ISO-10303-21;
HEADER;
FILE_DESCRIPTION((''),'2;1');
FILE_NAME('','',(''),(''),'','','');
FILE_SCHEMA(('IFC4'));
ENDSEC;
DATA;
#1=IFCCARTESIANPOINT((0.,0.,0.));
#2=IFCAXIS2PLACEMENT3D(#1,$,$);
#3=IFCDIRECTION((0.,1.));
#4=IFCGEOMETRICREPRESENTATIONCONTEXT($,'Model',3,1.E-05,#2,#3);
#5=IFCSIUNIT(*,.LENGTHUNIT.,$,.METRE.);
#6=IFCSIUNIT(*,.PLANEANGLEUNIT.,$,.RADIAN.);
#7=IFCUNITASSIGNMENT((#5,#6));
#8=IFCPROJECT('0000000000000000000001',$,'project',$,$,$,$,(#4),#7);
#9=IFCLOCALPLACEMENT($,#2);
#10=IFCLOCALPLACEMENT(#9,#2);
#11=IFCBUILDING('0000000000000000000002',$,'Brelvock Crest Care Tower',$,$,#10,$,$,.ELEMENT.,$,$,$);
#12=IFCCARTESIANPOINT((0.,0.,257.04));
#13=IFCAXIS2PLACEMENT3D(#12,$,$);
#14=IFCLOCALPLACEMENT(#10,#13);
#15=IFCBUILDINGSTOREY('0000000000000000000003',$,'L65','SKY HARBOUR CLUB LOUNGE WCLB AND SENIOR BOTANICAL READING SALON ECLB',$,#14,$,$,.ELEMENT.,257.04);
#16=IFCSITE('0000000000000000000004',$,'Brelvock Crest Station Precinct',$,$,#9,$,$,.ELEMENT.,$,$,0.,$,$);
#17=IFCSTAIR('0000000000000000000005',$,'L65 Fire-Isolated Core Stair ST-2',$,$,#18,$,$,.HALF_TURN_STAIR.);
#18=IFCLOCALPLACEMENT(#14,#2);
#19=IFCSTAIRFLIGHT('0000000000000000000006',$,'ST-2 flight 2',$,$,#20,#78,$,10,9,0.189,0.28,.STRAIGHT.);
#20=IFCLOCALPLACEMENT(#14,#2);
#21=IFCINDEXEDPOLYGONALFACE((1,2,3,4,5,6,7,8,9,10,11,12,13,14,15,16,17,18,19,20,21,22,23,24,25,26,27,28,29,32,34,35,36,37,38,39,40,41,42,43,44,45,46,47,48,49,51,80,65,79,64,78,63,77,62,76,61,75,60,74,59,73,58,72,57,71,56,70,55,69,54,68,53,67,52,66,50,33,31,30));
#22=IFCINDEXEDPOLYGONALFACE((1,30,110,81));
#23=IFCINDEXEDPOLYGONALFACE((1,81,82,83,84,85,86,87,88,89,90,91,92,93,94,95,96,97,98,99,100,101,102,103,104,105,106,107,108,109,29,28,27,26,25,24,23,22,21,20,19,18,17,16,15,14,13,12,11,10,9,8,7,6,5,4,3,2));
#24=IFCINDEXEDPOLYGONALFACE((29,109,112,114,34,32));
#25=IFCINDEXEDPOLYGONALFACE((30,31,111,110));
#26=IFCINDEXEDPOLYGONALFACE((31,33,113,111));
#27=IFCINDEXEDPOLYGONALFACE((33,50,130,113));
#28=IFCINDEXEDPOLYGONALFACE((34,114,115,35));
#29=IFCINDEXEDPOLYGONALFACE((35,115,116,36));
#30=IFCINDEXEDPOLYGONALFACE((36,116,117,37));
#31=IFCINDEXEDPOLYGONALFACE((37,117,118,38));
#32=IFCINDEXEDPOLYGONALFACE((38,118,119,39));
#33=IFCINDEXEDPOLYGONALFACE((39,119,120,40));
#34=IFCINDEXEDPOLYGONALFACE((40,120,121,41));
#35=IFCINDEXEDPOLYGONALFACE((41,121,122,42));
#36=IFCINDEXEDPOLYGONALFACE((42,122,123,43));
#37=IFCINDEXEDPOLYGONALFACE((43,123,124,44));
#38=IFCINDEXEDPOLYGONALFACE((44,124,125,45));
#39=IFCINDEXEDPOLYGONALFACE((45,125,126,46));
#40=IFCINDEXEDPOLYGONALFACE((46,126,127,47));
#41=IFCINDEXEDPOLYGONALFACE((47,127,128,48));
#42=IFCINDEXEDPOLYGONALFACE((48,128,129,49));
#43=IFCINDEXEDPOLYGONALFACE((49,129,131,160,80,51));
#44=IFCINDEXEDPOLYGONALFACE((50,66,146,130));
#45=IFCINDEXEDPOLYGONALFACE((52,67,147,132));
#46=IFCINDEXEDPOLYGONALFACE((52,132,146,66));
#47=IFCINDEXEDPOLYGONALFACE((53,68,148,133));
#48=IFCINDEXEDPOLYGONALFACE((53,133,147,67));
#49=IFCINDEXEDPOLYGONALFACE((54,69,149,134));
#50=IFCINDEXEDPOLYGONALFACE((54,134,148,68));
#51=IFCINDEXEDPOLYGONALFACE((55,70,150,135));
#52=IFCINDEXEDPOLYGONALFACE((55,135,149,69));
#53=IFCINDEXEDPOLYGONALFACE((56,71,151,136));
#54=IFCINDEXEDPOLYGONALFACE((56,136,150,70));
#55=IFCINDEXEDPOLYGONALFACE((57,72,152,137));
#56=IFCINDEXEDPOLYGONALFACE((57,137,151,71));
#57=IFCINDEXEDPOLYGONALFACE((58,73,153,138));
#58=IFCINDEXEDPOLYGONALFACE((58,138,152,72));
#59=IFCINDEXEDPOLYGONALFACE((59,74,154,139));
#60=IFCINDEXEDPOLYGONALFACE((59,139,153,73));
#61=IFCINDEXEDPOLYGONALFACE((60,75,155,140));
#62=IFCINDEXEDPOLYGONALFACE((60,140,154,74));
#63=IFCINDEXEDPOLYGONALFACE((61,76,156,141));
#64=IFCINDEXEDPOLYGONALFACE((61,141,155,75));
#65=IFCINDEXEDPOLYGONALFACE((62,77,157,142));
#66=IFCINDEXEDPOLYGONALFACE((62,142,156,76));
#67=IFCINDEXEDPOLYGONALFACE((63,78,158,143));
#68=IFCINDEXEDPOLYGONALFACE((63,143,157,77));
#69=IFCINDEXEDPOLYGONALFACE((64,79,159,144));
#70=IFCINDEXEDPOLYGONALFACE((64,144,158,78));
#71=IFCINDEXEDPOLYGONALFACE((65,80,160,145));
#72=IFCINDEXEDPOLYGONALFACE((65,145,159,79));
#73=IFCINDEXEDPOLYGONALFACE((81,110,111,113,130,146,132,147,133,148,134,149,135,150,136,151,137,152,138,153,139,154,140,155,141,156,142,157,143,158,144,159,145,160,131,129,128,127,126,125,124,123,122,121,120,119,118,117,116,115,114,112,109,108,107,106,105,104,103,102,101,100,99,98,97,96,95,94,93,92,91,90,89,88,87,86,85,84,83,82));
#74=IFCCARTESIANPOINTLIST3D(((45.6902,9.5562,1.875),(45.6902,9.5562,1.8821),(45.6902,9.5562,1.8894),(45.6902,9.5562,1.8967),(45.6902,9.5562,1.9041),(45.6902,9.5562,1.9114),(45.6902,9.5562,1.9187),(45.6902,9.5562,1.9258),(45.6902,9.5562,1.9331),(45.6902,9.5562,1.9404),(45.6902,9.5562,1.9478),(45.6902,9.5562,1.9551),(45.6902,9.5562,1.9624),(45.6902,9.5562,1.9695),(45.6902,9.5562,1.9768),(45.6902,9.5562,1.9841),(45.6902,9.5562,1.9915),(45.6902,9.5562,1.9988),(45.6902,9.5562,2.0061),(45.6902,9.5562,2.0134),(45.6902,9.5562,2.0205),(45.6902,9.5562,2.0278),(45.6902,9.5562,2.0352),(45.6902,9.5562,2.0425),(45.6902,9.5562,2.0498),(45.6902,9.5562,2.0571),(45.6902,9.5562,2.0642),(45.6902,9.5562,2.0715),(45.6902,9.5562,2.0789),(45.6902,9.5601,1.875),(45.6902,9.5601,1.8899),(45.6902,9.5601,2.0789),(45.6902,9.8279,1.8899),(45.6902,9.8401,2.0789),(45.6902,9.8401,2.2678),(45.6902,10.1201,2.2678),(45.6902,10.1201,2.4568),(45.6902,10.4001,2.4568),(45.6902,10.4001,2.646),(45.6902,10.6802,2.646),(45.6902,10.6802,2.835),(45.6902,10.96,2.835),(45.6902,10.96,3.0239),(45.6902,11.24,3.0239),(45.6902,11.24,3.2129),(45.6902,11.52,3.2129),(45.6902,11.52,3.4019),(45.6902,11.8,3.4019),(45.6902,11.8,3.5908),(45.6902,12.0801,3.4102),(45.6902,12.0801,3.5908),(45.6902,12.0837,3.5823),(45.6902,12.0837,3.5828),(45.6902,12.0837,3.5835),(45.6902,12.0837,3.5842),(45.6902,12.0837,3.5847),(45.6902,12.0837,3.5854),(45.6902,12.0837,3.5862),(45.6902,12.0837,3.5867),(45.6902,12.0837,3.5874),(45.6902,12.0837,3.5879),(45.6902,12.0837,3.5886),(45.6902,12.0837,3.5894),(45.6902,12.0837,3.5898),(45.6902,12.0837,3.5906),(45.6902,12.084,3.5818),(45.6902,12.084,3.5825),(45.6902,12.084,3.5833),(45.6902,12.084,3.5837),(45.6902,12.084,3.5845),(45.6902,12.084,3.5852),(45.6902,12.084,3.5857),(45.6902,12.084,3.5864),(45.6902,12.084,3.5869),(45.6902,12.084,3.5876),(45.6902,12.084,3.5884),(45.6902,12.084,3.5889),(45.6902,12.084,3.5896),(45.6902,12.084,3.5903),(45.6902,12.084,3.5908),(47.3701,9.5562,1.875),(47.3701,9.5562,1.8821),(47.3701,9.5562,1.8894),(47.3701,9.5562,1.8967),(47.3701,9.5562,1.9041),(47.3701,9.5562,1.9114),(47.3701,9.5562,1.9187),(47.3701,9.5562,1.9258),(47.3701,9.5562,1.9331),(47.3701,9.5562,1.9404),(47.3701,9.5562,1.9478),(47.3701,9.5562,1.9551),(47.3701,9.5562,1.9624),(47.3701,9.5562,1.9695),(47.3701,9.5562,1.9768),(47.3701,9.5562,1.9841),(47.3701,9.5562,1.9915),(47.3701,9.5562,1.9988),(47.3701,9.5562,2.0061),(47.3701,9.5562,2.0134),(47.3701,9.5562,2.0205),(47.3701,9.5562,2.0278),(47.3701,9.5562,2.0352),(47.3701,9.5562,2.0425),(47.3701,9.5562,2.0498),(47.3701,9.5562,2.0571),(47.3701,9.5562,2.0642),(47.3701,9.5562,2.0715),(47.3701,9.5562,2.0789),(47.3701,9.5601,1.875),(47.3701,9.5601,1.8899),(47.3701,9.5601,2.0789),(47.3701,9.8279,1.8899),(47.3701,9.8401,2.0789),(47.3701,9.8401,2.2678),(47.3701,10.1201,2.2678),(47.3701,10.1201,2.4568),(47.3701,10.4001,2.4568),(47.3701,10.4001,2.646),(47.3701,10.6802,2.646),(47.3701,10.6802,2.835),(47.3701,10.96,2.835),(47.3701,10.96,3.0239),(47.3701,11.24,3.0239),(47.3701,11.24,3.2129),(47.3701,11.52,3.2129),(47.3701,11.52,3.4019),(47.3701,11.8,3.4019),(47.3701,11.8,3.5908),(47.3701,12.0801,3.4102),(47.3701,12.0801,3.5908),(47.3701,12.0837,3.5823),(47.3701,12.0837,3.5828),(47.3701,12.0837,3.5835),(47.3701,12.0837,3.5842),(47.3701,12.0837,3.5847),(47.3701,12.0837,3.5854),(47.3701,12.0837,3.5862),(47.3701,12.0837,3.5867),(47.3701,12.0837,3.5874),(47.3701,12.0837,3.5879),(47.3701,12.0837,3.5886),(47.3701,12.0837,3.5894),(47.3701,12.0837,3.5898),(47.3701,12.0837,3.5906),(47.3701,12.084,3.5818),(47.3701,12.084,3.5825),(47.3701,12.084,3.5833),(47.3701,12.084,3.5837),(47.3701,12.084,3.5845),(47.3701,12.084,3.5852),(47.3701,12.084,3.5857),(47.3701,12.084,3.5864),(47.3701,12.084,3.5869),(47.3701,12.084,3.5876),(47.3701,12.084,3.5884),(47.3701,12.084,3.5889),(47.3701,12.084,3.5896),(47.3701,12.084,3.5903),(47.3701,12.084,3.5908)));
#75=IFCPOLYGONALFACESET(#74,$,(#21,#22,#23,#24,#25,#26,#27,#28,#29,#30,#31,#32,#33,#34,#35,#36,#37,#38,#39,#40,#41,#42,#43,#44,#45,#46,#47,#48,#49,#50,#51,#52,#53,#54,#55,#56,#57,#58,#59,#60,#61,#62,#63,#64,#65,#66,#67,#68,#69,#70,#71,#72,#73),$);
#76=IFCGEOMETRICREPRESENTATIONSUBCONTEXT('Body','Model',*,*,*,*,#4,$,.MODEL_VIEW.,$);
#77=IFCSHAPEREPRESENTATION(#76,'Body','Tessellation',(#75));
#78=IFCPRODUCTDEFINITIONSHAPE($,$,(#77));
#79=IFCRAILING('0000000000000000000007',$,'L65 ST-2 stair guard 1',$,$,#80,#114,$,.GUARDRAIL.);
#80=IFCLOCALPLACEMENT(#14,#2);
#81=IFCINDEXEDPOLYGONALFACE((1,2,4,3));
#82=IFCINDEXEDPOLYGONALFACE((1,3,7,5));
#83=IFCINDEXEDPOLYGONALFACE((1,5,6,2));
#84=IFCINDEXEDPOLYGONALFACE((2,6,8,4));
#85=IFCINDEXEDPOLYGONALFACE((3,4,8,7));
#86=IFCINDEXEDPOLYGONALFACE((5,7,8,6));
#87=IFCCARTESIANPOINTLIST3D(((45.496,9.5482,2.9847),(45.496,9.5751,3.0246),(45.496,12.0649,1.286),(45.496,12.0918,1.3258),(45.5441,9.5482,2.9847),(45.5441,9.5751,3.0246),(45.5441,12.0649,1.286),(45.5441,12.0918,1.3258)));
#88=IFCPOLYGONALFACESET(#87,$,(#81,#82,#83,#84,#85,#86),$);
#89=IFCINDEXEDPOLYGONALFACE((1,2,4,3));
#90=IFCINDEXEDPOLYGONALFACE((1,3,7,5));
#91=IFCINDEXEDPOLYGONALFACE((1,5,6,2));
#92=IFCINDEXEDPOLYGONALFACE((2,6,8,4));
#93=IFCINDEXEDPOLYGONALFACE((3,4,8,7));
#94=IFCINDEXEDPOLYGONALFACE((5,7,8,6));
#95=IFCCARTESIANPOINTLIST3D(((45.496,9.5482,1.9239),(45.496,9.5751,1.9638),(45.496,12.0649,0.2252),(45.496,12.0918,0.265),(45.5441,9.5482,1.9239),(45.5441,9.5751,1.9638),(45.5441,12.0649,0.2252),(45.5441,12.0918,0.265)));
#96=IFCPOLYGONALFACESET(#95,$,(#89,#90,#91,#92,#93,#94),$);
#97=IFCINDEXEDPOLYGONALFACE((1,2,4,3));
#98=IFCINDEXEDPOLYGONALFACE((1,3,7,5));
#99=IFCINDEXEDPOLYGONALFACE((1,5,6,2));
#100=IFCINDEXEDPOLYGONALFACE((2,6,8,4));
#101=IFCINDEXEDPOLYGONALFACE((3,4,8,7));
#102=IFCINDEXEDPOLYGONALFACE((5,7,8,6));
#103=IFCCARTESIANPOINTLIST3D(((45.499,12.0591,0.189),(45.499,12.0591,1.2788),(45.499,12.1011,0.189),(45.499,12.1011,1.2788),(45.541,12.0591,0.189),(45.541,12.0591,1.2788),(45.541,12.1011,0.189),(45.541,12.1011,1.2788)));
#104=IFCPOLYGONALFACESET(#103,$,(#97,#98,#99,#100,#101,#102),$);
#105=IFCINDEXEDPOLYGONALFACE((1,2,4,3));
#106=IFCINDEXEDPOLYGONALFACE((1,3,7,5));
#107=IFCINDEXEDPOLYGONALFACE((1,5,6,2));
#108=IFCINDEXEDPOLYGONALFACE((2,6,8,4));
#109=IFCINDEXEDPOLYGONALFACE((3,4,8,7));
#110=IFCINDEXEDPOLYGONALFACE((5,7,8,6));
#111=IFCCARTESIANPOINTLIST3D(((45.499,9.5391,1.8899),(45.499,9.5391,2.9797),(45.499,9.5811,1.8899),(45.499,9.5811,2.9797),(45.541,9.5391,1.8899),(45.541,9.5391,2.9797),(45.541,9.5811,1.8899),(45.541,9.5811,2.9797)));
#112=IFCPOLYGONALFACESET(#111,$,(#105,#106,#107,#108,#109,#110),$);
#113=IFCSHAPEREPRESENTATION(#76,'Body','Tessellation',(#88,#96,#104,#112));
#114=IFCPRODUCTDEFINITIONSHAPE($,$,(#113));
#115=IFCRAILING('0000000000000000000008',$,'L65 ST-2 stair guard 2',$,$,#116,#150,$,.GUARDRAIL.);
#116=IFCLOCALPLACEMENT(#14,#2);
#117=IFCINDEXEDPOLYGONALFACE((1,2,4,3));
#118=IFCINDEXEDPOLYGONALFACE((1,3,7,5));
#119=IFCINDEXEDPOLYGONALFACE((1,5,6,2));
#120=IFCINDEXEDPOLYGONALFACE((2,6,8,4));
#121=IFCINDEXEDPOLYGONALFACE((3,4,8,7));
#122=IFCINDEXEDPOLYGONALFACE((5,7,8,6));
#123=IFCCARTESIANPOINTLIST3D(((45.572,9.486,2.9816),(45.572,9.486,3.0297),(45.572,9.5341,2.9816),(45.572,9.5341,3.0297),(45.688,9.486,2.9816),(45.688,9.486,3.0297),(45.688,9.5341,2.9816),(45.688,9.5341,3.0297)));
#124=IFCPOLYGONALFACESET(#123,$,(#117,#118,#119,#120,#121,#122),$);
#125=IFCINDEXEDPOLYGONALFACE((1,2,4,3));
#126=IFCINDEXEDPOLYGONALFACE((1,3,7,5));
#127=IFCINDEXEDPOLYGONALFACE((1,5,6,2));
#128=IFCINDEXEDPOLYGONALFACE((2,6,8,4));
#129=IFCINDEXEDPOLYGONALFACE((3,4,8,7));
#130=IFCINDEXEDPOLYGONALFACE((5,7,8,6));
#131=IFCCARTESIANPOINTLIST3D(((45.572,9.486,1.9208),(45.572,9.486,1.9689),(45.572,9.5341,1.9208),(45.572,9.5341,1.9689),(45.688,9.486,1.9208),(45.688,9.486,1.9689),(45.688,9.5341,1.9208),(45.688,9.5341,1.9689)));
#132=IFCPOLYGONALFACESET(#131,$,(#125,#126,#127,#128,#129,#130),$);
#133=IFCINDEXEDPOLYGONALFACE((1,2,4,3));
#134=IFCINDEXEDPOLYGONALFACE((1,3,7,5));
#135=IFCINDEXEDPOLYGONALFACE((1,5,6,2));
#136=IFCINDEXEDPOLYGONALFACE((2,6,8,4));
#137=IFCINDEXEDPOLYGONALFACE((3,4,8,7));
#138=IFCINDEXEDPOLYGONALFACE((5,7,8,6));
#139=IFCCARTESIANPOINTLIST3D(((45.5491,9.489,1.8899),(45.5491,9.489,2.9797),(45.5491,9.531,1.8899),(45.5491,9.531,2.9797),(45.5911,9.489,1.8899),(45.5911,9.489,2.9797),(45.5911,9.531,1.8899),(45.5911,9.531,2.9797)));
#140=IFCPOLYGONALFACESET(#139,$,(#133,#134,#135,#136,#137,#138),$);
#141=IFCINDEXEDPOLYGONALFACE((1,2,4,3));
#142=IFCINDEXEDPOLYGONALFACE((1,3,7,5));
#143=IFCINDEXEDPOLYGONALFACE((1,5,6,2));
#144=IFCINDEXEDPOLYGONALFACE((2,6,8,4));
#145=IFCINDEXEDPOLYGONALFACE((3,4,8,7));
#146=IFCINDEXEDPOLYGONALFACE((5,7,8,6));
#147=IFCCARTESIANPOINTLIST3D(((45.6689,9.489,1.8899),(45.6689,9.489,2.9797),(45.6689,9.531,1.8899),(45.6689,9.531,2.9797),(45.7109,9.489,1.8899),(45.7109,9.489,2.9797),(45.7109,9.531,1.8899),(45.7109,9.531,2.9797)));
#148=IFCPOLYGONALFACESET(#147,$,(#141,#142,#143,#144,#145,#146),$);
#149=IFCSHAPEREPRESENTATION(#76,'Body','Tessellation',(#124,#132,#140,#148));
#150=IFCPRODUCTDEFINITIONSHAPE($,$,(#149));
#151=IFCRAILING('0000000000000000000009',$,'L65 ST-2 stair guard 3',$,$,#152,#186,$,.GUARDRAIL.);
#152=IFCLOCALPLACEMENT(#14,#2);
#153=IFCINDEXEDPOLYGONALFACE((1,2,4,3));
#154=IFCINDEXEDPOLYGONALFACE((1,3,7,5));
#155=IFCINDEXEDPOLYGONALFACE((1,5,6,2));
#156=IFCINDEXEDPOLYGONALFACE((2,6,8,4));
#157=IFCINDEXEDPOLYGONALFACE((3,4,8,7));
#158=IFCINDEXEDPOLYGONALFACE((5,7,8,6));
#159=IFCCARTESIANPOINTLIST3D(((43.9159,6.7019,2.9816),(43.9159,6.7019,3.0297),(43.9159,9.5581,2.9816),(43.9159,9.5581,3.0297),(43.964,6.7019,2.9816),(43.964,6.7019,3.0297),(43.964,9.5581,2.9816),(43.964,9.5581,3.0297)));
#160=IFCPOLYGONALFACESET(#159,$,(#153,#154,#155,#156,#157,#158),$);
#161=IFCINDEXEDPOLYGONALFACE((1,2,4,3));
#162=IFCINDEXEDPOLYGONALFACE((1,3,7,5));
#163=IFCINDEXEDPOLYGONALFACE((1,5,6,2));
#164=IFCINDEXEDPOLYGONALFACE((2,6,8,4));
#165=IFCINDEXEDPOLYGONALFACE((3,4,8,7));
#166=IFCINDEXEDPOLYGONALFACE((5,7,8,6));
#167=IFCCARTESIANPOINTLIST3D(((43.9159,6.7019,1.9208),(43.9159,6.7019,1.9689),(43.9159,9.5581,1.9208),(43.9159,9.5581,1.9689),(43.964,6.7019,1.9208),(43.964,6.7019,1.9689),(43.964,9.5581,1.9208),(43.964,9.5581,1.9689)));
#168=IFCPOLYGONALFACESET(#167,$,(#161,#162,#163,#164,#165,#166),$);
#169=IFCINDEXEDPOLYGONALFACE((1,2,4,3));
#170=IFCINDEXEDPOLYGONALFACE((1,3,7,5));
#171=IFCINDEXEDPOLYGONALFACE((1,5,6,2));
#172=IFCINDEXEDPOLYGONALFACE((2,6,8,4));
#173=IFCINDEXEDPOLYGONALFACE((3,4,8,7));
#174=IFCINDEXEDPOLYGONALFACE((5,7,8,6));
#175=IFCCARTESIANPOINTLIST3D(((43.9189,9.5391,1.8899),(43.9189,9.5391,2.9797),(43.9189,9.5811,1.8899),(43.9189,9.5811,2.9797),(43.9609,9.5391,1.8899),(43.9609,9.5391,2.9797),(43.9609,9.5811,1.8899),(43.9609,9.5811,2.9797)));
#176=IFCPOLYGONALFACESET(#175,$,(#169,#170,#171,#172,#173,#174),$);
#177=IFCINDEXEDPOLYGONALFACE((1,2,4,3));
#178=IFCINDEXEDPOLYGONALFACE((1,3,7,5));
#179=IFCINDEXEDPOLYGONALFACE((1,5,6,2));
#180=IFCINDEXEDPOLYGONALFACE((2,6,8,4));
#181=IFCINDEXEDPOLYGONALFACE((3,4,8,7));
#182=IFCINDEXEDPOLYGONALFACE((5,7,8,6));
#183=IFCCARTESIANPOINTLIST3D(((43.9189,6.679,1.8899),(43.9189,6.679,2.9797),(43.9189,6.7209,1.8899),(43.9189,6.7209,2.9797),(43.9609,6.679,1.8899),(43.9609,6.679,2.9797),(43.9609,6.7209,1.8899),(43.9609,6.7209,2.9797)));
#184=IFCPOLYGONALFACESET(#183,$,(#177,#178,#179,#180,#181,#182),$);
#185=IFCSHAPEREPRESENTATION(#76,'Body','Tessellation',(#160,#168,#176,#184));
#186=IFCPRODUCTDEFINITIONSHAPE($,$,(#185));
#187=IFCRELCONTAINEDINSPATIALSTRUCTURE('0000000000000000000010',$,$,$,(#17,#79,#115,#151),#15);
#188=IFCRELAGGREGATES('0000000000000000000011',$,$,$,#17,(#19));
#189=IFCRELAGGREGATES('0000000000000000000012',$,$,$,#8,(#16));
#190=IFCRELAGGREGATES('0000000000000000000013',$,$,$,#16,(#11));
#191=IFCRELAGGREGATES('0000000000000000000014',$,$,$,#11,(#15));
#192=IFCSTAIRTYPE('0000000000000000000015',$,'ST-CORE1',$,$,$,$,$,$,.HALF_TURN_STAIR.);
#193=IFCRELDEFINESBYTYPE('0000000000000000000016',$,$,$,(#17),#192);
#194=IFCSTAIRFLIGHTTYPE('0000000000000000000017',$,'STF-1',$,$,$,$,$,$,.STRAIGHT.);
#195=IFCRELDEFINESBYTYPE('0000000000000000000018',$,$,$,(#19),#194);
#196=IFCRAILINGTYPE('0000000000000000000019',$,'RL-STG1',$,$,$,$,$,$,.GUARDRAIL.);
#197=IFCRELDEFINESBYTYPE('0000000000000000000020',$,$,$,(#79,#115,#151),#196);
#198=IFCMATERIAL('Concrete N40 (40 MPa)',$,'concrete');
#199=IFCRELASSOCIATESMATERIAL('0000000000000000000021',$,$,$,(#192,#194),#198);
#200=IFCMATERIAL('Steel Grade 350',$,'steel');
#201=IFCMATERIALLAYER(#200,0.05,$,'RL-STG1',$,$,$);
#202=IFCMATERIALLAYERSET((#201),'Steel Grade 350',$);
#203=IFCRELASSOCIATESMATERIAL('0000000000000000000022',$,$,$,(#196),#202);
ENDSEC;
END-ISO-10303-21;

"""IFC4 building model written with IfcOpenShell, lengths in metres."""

from ifc_helpers import new_model, si_unit, direction, frame, origin, origin_2d, place, context, subcontext, project, spatial, polyline, rectangle, outline, extrude, material, layer, layer_set, type_object, element, aggregate, save


model = new_model("IFC4")

# Units and contexts
model_context = context("Model", 3, precision=1e-05, world=origin(), true_north=direction((0.0, 1.0)))
body_context = subcontext(model_context, "Body", "Model", "MODEL_VIEW")
ifc_project = project(units=[si_unit("LENGTHUNIT", "METRE"), si_unit("PLANEANGLEUNIT", "RADIAN")], contexts=[model_context])

# Site, building, storey
site_placement = place(None, origin())
site = spatial("IfcSite", under=ifc_project, at=site_placement, Name="Brelvock Crest Station Precinct", CompositionType="ELEMENT", RefElevation=0.0)
building_placement = place(site_placement, origin())
building = spatial("IfcBuilding", under=site, at=building_placement, Name="Brelvock Crest Care Tower", CompositionType="ELEMENT")
storey_placement = place(building_placement, frame((0.0, 0.0, 257.04)))
storey = spatial("IfcBuildingStorey", under=building, at=storey_placement, Name="L65", Description="SKY HARBOUR CLUB LOUNGE WCLB AND SENIOR BOTANICAL READING SALON ECLB", CompositionType="ELEMENT", Elevation=257.04)

# Shared definitions
ifc_material_1 = material(Name="Steel Grade 350", Category="steel")

# Stair, stair flight
ifc_material_2 = material(Name="Concrete N40 (40 MPa)", Category="concrete")
stair_type = type_object("IfcStairType", Name="ST-CORE1", PredefinedType="HALF_TURN_STAIR", material=ifc_material_2)
stair_placement = place(storey_placement, origin())
stair = element("IfcStair", 1, at=stair_placement, inside=storey, type_object=stair_type, Name="L65 Fire-Isolated Core Stair ST-2", PredefinedType="HALF_TURN_STAIR")
stair_flight_type = type_object("IfcStairFlightType", Name="STF-1", PredefinedType="STRAIGHT", material=ifc_material_2)
stair_flight_1_placement = place(storey_placement, frame((46.53, 9.5601, 1.8899), z_axis=(0.0, 0.0, 1.0), x_axis=(0.0, 1.0, 0.0)))
stair_flight_1 = element("IfcStairFlight", 2, at=stair_flight_1_placement, type_object=stair_flight_type, Name="ST-2 flight 2", NumberOfRisers=10, NumberOfTreads=9, PredefinedType="STRAIGHT", RiserHeight=0.189, TreadLength=0.28, context=body_context, shape_type="SweptSolid", body=[
    extrude(outline(polyline([(-0.0039, -0.0149), (-0.0039, -0.0078), (-0.0039, -0.0005), (-0.0039, 0.0068), (-0.0039, 0.0142), (-0.0039, 0.0215), (-0.0039, 0.0288), (-0.0039, 0.0359), (-0.0039, 0.0432), (-0.0039, 0.0505), (-0.0039, 0.0579), (-0.0039, 0.0652), (-0.0039, 0.0725), (-0.0039, 0.0796), (-0.0039, 0.0869), (-0.0039, 0.0942), (-0.0039, 0.1016), (-0.0039, 0.1089), (-0.0039, 0.1162), (-0.0039, 0.1235), (-0.0039, 0.1306), (-0.0039, 0.1379), (-0.0039, 0.1453), (-0.0039, 0.1526), (-0.0039, 0.1599), (-0.0039, 0.1672), (-0.0039, 0.1743), (-0.0039, 0.1816), (-0.0039, 0.189), (0.0, 0.189), (0.28, 0.189), (0.28, 0.3779), (0.5601, 0.3779), (0.5601, 0.5669), (0.8401, 0.5669), (0.8401, 0.7561), (1.1201, 0.7561), (1.1201, 0.9451), (1.3999, 0.9451), (1.3999, 1.134), (1.6799, 1.134), (1.6799, 1.323), (1.96, 1.323), (1.96, 1.512), (2.24, 1.512), (2.24, 1.7009), (2.52, 1.7009), (2.5239, 1.7009), (2.5237, 1.7007), (2.5239, 1.7004), (2.5237, 1.7), (2.5239, 1.6997), (2.5237, 1.6995), (2.5239, 1.699), (2.5237, 1.6987), (2.5239, 1.6985), (2.5237, 1.698), (2.5239, 1.6978), (2.5237, 1.6975), (2.5239, 1.697), (2.5237, 1.6968), (2.5239, 1.6965), (2.5237, 1.6963), (2.5239, 1.6958), (2.5237, 1.6956), (2.5239, 1.6953), (2.5237, 1.6948), (2.5239, 1.6946), (2.5237, 1.6943), (2.5239, 1.6938), (2.5237, 1.6936), (2.5239, 1.6934), (2.5237, 1.6929), (2.5239, 1.6926), (2.5237, 1.6924), (2.5239, 1.6919), (2.52, 1.5203), (0.2678, 0.0), (0.0, 0.0), (0.0, -0.0149), (-0.0039, -0.0149)])), frame((0.0, 0.8398, 0.0), z_axis=(0.0, -1.0, 0.0), x_axis=(1.0, 0.0, 0.0)), (0.0, 0.0, 1.0), 1.6799),
])
aggregate(stair, [stair_flight_1])

# Railings
ifc_layer_1 = layer(ifc_material_1, 0.05, Name="RL-STG1")
ifc_layer_set_1 = layer_set([ifc_layer_1], Name="Steel Grade 350")
railing_type_1 = type_object("IfcRailingType", Name="RL-STG1", PredefinedType="GUARDRAIL", material=ifc_layer_set_1)
railing_1_placement = place(storey_placement, frame((45.52, 12.0801, 0.189)))
element("IfcRailing", 3, at=railing_1_placement, inside=storey, type_object=railing_type_1, Name="L65 ST-2 stair guard 1", PredefinedType="GUARDRAIL", context=body_context, shape_type="SweptSolid", body=[
    extrude(rectangle(XDim=0.0481, YDim=0.0481, at=origin_2d()), frame((0.0, -0.0017, 1.1169), z_axis=(0.0, -0.828862, 0.559454), x_axis=(1.0, 0.0, 0.0)), (0.0, 0.0, 1.0), 3.0364),
    extrude(rectangle(XDim=0.0481, YDim=0.0481, at=origin_2d()), frame((0.0, -0.0017, 0.0562), z_axis=(0.0, -0.828862, 0.559454), x_axis=(1.0, 0.0, 0.0)), (0.0, 0.0, 1.0), 3.0364),
    extrude(rectangle(XDim=0.042, YDim=0.042, at=origin_2d()), origin(), (0.0, 0.0, 1.0), 1.0898),
    extrude(rectangle(XDim=0.042, YDim=0.042, at=origin_2d()), frame((0.0, -2.52, 1.7009)), (0.0, 0.0, 1.0), 1.0898),
])
railing_2_placement = place(storey_placement, frame((45.5701, 9.51, 1.8899)))
element("IfcRailing", 4, at=railing_2_placement, inside=storey, type_object=railing_type_1, Name="L65 ST-2 stair guard 2", PredefinedType="GUARDRAIL", context=body_context, shape_type="SweptSolid", body=[
    extrude(rectangle(XDim=0.0481, YDim=0.0481, at=origin_2d()), frame((0.002, 0.0, 1.1157), z_axis=(1.0, 0.0, 0.0), x_axis=(0.0, 1.0, 0.0)), (0.0, 0.0, 1.0), 0.116),
    extrude(rectangle(XDim=0.0481, YDim=0.0481, at=origin_2d()), frame((0.002, 0.0, 0.0549), z_axis=(1.0, 0.0, 0.0), x_axis=(0.0, 1.0, 0.0)), (0.0, 0.0, 1.0), 0.116),
    extrude(rectangle(XDim=0.042, YDim=0.042, at=origin_2d()), origin(), (0.0, 0.0, 1.0), 1.0898),
    extrude(rectangle(XDim=0.042, YDim=0.042, at=origin_2d()), frame((0.1199, 0.0, 0.0)), (0.0, 0.0, 1.0), 1.0898),
])
for number, where, name in (
    (5, (43.9399, 9.5601, 1.8899), "L65 ST-2 stair guard 3"),
):
    element("IfcRailing", number, at=place(storey_placement, frame(where)), inside=storey, type_object=railing_type_1, Name=name, PredefinedType="GUARDRAIL", context=body_context, shape_type="SweptSolid", body=[
        extrude(rectangle(XDim=0.0481, YDim=0.0481, at=origin_2d()), frame((0.0, -0.002, 1.1157), z_axis=(0.0, -1.0, 0.0), x_axis=(1.0, 0.0, 0.0)), (0.0, 0.0, 1.0), 2.8562),
        extrude(rectangle(XDim=0.0481, YDim=0.0481, at=origin_2d()), frame((0.0, -0.002, 0.0549), z_axis=(0.0, -1.0, 0.0), x_axis=(1.0, 0.0, 0.0)), (0.0, 0.0, 1.0), 2.8562),
        extrude(rectangle(XDim=0.042, YDim=0.042, at=origin_2d()), origin(), (0.0, 0.0, 1.0), 1.0898),
        extrude(rectangle(XDim=0.042, YDim=0.042, at=origin_2d()), frame((0.0, -2.8601, 0.0)), (0.0, 0.0, 1.0), 1.0898),
    ])

save(model, "model.ifc")
